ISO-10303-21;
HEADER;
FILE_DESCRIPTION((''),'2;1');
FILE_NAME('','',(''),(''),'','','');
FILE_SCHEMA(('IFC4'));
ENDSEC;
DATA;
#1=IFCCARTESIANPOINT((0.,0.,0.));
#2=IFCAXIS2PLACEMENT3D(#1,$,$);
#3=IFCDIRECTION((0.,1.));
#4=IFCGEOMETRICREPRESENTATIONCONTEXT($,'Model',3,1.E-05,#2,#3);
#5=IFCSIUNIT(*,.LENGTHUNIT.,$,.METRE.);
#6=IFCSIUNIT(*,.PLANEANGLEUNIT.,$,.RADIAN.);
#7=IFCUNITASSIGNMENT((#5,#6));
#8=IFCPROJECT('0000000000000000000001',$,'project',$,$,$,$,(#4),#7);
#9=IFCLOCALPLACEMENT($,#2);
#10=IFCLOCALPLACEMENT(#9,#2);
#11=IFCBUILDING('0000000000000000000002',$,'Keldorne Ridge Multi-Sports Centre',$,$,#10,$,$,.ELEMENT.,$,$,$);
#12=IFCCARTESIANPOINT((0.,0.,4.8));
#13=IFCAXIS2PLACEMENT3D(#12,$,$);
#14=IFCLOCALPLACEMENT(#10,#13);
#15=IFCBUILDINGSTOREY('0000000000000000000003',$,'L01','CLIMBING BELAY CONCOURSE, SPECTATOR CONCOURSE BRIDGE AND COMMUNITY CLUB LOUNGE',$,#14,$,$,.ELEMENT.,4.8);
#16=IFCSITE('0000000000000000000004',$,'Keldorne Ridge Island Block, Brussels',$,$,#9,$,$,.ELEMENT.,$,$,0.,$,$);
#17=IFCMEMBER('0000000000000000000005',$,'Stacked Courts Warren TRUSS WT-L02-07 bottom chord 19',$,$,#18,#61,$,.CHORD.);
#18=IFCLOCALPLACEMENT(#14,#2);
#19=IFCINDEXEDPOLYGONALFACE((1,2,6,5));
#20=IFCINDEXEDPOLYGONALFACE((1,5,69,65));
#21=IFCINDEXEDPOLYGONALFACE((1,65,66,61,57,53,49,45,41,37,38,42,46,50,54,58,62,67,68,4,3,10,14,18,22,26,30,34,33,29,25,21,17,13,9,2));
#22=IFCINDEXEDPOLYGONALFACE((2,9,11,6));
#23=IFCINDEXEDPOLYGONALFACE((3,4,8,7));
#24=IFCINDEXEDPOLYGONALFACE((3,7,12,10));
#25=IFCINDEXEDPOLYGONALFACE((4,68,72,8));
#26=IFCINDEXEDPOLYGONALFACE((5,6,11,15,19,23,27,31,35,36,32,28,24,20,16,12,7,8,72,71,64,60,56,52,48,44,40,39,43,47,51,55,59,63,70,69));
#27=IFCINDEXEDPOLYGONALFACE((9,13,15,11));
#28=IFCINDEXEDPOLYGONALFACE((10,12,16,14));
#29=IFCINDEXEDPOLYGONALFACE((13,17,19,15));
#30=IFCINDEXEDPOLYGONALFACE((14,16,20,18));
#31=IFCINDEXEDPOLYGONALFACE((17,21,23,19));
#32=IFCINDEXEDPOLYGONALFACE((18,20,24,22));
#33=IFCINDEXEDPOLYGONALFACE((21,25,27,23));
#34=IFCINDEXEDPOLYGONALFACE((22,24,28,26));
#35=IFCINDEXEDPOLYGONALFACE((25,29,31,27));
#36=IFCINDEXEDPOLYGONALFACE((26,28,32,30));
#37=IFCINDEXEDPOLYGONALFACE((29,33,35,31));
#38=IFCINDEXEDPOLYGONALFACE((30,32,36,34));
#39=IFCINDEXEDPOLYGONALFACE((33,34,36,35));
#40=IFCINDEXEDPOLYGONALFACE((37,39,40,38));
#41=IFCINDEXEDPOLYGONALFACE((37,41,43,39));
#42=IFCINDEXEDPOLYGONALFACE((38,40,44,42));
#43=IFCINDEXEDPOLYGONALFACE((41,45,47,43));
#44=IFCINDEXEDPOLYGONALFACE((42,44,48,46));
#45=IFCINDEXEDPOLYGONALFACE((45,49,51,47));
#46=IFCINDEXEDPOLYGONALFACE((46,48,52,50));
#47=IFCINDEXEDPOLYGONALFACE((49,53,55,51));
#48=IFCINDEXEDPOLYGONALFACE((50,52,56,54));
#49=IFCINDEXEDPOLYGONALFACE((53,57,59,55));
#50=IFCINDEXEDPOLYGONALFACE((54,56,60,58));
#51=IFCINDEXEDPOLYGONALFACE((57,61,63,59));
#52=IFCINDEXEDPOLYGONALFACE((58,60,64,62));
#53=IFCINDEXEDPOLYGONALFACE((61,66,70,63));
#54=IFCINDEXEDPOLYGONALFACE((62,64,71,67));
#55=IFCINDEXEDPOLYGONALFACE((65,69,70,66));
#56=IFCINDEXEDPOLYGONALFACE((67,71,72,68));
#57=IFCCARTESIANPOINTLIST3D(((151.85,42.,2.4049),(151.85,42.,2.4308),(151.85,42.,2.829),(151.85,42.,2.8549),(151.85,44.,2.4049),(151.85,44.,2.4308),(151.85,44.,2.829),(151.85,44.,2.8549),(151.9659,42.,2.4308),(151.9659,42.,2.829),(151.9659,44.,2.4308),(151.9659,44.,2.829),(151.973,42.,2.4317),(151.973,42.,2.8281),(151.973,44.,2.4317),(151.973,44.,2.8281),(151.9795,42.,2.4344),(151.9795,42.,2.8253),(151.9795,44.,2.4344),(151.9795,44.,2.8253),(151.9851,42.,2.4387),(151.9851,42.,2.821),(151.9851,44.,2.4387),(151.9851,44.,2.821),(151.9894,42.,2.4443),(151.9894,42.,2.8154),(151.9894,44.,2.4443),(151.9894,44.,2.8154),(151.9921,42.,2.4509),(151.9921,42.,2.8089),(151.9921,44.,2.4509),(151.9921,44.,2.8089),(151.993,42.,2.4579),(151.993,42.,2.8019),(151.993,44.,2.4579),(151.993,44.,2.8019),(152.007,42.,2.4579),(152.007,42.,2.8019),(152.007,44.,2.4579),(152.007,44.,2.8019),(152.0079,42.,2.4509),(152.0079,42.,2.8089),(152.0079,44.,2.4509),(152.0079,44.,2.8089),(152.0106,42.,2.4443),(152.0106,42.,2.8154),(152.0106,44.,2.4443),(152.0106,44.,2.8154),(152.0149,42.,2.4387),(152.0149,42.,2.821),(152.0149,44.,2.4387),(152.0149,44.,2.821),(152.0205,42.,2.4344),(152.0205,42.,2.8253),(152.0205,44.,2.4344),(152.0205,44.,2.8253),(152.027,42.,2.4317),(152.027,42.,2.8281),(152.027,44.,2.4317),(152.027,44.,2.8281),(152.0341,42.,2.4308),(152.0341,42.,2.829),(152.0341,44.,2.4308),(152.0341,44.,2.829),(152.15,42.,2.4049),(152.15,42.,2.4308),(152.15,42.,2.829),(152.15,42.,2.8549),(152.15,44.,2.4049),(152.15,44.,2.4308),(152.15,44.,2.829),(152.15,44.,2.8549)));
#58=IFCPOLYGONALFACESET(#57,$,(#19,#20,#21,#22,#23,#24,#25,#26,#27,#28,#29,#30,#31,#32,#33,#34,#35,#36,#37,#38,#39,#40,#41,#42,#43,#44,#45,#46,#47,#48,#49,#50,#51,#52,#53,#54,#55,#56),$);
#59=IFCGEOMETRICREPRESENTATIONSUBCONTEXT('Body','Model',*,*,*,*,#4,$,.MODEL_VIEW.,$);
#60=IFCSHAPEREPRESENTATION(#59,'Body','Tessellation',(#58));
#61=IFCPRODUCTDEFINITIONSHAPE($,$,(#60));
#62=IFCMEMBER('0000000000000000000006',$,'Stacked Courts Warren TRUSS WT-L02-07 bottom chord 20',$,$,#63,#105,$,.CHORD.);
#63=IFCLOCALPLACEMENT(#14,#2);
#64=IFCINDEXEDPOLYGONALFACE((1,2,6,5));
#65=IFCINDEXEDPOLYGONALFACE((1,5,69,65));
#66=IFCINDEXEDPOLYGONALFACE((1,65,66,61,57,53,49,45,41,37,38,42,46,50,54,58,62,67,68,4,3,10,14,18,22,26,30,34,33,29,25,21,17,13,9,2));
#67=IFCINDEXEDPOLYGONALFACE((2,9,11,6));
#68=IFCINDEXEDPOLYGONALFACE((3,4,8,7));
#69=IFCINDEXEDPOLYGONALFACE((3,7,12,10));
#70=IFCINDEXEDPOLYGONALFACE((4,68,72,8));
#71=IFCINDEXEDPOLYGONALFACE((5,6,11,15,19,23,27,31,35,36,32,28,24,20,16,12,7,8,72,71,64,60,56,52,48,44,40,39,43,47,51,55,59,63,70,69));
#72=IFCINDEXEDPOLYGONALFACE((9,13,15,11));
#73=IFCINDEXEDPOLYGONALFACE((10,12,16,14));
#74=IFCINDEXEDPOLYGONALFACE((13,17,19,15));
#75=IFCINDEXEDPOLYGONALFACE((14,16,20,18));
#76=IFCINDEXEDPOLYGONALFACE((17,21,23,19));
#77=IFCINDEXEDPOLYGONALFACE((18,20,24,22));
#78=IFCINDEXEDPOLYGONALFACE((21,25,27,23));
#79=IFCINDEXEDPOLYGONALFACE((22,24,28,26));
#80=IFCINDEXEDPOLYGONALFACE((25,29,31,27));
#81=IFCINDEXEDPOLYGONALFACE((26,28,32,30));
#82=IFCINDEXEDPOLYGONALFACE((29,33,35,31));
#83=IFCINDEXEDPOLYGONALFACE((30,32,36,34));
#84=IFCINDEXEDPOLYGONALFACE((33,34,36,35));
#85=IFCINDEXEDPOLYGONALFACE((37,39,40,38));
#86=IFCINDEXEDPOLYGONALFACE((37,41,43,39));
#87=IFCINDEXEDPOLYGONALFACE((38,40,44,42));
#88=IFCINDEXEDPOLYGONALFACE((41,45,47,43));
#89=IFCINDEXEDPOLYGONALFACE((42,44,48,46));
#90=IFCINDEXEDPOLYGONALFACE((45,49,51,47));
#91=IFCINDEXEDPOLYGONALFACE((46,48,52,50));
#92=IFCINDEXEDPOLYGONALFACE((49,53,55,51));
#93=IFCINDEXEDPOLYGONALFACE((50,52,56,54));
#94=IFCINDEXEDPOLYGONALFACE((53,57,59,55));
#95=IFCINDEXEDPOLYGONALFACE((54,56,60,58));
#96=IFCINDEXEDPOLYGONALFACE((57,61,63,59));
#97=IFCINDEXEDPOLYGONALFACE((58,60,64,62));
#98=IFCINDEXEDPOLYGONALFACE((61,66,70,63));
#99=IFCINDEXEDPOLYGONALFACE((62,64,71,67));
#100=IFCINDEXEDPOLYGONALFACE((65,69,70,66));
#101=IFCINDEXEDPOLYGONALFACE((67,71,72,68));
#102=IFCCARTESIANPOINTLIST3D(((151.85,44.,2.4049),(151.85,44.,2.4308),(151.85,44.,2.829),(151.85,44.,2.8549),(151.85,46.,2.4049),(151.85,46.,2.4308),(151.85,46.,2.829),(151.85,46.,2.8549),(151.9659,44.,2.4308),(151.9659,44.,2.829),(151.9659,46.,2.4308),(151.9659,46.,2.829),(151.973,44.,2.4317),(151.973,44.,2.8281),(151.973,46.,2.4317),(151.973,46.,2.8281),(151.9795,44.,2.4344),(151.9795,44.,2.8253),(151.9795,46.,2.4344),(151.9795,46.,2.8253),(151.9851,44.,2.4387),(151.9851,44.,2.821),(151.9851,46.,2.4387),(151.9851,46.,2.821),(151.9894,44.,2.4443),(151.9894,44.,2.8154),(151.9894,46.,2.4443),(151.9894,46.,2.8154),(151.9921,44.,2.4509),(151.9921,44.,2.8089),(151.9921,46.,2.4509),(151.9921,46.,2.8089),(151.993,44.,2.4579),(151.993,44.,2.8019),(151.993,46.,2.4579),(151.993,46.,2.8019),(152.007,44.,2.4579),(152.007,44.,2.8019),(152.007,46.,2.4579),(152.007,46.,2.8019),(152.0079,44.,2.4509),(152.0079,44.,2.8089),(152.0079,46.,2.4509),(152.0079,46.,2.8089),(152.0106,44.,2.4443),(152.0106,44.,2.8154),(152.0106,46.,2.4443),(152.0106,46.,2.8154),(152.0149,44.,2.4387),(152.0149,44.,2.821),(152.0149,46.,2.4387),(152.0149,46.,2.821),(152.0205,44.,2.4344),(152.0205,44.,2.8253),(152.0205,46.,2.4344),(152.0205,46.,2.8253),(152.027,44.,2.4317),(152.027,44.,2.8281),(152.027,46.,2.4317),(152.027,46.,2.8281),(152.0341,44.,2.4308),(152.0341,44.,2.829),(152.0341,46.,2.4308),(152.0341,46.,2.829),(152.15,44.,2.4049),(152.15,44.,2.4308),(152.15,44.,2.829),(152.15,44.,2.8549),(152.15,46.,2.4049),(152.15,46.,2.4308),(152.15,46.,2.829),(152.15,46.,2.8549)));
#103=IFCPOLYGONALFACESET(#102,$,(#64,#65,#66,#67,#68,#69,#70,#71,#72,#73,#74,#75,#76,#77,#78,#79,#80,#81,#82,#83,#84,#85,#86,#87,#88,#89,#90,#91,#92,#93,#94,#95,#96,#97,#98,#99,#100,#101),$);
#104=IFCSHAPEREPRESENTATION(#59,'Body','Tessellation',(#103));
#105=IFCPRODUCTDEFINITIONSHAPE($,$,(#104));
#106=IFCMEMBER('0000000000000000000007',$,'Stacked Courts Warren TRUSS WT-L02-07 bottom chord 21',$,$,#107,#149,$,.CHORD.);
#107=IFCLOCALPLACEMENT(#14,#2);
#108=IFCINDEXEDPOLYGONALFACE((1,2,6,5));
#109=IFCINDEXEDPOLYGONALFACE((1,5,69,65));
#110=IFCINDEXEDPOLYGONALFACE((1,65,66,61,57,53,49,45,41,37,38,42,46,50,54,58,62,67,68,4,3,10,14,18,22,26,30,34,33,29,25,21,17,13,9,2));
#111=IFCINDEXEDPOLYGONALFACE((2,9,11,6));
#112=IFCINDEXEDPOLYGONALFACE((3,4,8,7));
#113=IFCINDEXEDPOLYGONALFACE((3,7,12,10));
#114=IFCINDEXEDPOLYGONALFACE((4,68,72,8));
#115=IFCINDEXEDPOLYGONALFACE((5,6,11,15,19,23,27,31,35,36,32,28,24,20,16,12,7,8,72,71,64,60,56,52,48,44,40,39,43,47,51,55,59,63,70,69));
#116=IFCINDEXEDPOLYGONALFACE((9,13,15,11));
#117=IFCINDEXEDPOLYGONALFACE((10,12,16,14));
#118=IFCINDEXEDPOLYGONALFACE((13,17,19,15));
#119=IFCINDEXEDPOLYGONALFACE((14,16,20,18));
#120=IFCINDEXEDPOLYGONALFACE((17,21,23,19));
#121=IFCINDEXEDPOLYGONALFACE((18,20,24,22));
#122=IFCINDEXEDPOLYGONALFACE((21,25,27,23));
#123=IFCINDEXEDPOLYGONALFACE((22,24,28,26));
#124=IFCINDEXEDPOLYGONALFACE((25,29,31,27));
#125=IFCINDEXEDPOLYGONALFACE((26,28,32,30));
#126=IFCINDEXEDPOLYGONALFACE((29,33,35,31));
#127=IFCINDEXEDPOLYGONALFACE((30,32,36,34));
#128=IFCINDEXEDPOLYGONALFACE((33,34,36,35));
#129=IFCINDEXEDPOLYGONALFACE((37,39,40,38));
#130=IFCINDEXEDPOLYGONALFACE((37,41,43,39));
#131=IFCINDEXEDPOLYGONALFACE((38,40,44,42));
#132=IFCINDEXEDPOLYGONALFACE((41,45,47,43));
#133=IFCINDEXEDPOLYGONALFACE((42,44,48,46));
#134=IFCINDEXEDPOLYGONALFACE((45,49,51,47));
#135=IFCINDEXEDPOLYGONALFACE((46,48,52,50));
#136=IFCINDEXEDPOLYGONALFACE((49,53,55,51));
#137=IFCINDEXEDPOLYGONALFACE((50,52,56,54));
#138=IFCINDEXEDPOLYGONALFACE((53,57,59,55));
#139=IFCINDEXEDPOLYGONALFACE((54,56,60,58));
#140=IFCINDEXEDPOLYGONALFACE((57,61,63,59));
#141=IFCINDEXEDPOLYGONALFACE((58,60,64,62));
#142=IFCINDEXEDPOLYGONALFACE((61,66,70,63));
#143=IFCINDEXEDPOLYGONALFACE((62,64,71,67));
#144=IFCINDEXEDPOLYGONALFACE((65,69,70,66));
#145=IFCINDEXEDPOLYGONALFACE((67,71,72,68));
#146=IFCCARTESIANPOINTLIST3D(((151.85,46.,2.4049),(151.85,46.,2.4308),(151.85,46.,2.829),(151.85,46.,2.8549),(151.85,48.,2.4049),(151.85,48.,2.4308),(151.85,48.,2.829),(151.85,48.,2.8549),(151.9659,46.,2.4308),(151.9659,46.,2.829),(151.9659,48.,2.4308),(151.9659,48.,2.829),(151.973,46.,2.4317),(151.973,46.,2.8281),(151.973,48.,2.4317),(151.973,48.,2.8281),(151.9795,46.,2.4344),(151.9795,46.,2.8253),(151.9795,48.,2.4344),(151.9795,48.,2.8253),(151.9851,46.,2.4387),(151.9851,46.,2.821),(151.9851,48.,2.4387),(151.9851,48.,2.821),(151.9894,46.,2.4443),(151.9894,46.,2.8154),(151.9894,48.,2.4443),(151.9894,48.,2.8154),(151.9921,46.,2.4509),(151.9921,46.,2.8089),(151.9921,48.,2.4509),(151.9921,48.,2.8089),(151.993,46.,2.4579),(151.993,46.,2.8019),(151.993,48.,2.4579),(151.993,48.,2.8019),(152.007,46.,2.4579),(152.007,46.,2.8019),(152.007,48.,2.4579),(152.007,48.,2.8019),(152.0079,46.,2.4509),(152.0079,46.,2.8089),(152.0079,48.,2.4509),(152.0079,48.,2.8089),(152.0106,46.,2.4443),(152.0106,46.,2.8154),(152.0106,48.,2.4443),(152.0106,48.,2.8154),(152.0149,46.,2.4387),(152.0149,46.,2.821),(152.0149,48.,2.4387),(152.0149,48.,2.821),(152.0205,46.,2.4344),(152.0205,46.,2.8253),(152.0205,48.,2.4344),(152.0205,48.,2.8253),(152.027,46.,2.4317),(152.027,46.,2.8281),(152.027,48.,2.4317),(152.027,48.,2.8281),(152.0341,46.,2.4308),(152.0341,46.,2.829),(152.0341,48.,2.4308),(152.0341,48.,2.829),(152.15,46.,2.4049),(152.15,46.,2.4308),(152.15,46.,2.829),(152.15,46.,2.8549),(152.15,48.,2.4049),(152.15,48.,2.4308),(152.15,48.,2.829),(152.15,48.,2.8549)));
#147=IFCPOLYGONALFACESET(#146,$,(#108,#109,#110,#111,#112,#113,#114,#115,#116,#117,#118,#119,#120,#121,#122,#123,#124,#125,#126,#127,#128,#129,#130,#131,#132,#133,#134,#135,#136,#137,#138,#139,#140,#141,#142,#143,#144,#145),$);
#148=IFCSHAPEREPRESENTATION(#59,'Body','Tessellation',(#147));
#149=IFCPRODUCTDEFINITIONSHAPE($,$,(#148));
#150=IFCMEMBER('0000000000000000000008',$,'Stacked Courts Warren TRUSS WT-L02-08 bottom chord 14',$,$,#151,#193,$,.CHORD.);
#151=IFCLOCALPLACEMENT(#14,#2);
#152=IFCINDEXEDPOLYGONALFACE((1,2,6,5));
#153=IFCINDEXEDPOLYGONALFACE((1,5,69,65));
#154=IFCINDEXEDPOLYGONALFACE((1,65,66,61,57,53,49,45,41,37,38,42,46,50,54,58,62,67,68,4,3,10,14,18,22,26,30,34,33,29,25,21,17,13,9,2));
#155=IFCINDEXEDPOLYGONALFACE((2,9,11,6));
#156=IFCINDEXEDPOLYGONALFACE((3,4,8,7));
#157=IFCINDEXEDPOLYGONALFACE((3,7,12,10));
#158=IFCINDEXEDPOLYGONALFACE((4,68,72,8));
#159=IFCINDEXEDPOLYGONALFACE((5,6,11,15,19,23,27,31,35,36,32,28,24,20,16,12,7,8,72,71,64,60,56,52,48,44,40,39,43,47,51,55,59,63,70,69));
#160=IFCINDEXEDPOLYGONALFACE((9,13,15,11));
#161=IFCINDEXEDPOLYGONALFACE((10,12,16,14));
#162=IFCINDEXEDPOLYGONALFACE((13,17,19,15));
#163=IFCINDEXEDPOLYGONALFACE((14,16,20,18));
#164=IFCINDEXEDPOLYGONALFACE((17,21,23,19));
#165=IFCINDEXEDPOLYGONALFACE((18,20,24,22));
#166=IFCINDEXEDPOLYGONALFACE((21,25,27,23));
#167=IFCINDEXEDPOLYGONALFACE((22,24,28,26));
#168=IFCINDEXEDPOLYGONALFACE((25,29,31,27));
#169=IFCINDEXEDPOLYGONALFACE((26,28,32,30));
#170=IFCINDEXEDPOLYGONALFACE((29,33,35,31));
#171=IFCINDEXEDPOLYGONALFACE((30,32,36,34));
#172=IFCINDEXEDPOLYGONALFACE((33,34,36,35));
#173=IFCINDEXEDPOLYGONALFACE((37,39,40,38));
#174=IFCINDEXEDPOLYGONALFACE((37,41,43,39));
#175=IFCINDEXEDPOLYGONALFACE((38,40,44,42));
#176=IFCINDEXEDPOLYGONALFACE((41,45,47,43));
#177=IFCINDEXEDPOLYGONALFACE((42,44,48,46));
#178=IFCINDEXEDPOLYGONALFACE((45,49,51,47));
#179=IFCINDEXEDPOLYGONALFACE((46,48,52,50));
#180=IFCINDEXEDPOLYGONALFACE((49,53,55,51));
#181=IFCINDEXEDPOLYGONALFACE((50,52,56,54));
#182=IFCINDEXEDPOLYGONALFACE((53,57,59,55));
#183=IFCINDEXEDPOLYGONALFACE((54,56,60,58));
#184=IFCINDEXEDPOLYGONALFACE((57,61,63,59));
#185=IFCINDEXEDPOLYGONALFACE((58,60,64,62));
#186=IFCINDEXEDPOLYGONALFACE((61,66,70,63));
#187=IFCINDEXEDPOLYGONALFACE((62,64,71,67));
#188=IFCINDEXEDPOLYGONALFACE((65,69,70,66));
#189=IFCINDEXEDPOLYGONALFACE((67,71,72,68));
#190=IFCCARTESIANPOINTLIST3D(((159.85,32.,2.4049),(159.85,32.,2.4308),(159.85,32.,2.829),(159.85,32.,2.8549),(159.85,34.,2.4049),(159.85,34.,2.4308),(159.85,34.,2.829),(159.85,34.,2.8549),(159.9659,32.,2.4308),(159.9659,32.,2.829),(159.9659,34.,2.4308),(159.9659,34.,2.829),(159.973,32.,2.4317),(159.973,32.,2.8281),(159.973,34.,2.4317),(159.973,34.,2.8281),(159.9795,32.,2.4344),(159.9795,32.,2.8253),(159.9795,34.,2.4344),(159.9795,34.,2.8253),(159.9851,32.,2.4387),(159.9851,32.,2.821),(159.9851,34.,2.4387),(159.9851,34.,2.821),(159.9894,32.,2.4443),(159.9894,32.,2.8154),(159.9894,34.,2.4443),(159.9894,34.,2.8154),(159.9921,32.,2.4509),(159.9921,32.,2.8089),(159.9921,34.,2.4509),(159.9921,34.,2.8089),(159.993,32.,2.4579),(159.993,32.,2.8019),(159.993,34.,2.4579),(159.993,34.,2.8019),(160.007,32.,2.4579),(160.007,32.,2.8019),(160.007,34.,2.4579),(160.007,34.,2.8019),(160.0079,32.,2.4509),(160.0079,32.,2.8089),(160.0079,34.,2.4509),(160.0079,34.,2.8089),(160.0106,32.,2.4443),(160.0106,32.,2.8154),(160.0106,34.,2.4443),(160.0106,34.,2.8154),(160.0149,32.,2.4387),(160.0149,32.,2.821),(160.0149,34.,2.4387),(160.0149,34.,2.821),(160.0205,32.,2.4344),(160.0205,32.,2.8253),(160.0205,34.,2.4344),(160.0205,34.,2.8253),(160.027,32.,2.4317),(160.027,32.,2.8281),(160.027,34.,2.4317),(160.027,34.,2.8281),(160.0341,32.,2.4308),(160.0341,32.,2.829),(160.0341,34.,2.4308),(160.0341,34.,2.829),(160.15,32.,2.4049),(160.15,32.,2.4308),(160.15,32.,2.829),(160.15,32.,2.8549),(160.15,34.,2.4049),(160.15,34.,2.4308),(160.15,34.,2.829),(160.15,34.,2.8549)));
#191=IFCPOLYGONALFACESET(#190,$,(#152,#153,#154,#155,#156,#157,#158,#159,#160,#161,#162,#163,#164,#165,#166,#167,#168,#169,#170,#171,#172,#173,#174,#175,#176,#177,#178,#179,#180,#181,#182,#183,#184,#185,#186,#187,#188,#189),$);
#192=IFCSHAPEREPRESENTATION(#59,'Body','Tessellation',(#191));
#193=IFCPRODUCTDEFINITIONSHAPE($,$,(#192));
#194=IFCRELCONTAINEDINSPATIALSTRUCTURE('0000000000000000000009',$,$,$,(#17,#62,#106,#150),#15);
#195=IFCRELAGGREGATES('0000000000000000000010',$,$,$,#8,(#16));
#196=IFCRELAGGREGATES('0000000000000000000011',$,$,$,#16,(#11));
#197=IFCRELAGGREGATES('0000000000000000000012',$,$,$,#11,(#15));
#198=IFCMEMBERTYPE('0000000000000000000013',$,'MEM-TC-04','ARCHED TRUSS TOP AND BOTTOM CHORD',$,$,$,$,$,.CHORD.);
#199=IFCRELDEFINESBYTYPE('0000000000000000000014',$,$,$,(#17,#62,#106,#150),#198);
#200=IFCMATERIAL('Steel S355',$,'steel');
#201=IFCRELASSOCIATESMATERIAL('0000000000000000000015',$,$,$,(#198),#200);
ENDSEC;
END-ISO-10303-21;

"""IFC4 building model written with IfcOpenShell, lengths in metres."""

from ifc_helpers import new_model, si_unit, direction, frame, origin, origin_2d, place, context, subcontext, project, spatial, i_section, extrude, material, material_profile, profile_set, type_object, element, save


model = new_model("IFC4")

# Units and contexts
model_context = context("Model", 3, precision=1e-05, world=origin(), true_north=direction((0.0, 1.0)))
body_context = subcontext(model_context, "Body", "Model", "MODEL_VIEW")
ifc_project = project(units=[si_unit("LENGTHUNIT", "METRE"), si_unit("PLANEANGLEUNIT", "RADIAN")], contexts=[model_context])

# Site, building, storey
site_placement = place(None, origin())
site = spatial("IfcSite", under=ifc_project, at=site_placement, Name="Keldorne Ridge Island Block, Brussels", CompositionType="ELEMENT", RefElevation=0.0)
building_placement = place(site_placement, origin())
building = spatial("IfcBuilding", under=site, at=building_placement, Name="Keldorne Ridge Multi-Sports Centre", CompositionType="ELEMENT")
storey_placement = place(building_placement, frame((0.0, 0.0, 4.8)))
storey = spatial("IfcBuildingStorey", under=building, at=storey_placement, Name="L01", Description="CLIMBING BELAY CONCOURSE, SPECTATOR CONCOURSE BRIDGE AND COMMUNITY CLUB LOUNGE", CompositionType="ELEMENT", Elevation=4.8)

# Members
ifc_material = material(Name="Steel S355", Category="steel")
ifc_material_profile_1 = material_profile(ifc_material, i_section(OverallWidth=0.3, OverallDepth=0.45, WebThickness=0.0139, FlangeThickness=0.0259, FilletRadius=0.0271, at=origin_2d()), Name="HEB 450")
ifc_profile_set_1 = profile_set([ifc_material_profile_1], Name="Steel S355")
member_type_1 = type_object("IfcMemberType", Name="MEM-TC-04", Description="ARCHED TRUSS TOP AND BOTTOM CHORD", PredefinedType="CHORD", material=ifc_profile_set_1)
for number, where, z_axis, x_axis, name in (
    (1, (152.0, 42.0, 2.6299), (0.0, 1.0, 0.0), (-1.0, 0.0, 0.0), "Stacked Courts Warren TRUSS WT-L02-07 bottom chord 19"),
    (2, (152.0, 44.0, 2.6299), (0.0, 1.0, 0.0), (-1.0, 0.0, 0.0), "Stacked Courts Warren TRUSS WT-L02-07 bottom chord 20"),
    (3, (152.0, 46.0, 2.6299), (0.0, 1.0, 0.0), (-1.0, 0.0, 0.0), "Stacked Courts Warren TRUSS WT-L02-07 bottom chord 21"),
    (4, (160.0, 32.0, 2.6299), (0.0, 1.0, 0.0), (-1.0, 0.0, 0.0), "Stacked Courts Warren TRUSS WT-L02-08 bottom chord 14"),
):
    element("IfcMember", number, at=place(storey_placement, frame(where, z_axis=z_axis, x_axis=x_axis)), inside=storey, type_object=member_type_1, Name=name, PredefinedType="CHORD", context=body_context, shape_type="SweptSolid", body=[
        extrude(i_section(OverallWidth=0.3, OverallDepth=0.45, WebThickness=0.0139, FlangeThickness=0.0259, FilletRadius=0.0271, at=origin_2d()), origin(), (0.0, 0.0, 1.0), 2.0),
    ])

save(model, "model.ifc")
